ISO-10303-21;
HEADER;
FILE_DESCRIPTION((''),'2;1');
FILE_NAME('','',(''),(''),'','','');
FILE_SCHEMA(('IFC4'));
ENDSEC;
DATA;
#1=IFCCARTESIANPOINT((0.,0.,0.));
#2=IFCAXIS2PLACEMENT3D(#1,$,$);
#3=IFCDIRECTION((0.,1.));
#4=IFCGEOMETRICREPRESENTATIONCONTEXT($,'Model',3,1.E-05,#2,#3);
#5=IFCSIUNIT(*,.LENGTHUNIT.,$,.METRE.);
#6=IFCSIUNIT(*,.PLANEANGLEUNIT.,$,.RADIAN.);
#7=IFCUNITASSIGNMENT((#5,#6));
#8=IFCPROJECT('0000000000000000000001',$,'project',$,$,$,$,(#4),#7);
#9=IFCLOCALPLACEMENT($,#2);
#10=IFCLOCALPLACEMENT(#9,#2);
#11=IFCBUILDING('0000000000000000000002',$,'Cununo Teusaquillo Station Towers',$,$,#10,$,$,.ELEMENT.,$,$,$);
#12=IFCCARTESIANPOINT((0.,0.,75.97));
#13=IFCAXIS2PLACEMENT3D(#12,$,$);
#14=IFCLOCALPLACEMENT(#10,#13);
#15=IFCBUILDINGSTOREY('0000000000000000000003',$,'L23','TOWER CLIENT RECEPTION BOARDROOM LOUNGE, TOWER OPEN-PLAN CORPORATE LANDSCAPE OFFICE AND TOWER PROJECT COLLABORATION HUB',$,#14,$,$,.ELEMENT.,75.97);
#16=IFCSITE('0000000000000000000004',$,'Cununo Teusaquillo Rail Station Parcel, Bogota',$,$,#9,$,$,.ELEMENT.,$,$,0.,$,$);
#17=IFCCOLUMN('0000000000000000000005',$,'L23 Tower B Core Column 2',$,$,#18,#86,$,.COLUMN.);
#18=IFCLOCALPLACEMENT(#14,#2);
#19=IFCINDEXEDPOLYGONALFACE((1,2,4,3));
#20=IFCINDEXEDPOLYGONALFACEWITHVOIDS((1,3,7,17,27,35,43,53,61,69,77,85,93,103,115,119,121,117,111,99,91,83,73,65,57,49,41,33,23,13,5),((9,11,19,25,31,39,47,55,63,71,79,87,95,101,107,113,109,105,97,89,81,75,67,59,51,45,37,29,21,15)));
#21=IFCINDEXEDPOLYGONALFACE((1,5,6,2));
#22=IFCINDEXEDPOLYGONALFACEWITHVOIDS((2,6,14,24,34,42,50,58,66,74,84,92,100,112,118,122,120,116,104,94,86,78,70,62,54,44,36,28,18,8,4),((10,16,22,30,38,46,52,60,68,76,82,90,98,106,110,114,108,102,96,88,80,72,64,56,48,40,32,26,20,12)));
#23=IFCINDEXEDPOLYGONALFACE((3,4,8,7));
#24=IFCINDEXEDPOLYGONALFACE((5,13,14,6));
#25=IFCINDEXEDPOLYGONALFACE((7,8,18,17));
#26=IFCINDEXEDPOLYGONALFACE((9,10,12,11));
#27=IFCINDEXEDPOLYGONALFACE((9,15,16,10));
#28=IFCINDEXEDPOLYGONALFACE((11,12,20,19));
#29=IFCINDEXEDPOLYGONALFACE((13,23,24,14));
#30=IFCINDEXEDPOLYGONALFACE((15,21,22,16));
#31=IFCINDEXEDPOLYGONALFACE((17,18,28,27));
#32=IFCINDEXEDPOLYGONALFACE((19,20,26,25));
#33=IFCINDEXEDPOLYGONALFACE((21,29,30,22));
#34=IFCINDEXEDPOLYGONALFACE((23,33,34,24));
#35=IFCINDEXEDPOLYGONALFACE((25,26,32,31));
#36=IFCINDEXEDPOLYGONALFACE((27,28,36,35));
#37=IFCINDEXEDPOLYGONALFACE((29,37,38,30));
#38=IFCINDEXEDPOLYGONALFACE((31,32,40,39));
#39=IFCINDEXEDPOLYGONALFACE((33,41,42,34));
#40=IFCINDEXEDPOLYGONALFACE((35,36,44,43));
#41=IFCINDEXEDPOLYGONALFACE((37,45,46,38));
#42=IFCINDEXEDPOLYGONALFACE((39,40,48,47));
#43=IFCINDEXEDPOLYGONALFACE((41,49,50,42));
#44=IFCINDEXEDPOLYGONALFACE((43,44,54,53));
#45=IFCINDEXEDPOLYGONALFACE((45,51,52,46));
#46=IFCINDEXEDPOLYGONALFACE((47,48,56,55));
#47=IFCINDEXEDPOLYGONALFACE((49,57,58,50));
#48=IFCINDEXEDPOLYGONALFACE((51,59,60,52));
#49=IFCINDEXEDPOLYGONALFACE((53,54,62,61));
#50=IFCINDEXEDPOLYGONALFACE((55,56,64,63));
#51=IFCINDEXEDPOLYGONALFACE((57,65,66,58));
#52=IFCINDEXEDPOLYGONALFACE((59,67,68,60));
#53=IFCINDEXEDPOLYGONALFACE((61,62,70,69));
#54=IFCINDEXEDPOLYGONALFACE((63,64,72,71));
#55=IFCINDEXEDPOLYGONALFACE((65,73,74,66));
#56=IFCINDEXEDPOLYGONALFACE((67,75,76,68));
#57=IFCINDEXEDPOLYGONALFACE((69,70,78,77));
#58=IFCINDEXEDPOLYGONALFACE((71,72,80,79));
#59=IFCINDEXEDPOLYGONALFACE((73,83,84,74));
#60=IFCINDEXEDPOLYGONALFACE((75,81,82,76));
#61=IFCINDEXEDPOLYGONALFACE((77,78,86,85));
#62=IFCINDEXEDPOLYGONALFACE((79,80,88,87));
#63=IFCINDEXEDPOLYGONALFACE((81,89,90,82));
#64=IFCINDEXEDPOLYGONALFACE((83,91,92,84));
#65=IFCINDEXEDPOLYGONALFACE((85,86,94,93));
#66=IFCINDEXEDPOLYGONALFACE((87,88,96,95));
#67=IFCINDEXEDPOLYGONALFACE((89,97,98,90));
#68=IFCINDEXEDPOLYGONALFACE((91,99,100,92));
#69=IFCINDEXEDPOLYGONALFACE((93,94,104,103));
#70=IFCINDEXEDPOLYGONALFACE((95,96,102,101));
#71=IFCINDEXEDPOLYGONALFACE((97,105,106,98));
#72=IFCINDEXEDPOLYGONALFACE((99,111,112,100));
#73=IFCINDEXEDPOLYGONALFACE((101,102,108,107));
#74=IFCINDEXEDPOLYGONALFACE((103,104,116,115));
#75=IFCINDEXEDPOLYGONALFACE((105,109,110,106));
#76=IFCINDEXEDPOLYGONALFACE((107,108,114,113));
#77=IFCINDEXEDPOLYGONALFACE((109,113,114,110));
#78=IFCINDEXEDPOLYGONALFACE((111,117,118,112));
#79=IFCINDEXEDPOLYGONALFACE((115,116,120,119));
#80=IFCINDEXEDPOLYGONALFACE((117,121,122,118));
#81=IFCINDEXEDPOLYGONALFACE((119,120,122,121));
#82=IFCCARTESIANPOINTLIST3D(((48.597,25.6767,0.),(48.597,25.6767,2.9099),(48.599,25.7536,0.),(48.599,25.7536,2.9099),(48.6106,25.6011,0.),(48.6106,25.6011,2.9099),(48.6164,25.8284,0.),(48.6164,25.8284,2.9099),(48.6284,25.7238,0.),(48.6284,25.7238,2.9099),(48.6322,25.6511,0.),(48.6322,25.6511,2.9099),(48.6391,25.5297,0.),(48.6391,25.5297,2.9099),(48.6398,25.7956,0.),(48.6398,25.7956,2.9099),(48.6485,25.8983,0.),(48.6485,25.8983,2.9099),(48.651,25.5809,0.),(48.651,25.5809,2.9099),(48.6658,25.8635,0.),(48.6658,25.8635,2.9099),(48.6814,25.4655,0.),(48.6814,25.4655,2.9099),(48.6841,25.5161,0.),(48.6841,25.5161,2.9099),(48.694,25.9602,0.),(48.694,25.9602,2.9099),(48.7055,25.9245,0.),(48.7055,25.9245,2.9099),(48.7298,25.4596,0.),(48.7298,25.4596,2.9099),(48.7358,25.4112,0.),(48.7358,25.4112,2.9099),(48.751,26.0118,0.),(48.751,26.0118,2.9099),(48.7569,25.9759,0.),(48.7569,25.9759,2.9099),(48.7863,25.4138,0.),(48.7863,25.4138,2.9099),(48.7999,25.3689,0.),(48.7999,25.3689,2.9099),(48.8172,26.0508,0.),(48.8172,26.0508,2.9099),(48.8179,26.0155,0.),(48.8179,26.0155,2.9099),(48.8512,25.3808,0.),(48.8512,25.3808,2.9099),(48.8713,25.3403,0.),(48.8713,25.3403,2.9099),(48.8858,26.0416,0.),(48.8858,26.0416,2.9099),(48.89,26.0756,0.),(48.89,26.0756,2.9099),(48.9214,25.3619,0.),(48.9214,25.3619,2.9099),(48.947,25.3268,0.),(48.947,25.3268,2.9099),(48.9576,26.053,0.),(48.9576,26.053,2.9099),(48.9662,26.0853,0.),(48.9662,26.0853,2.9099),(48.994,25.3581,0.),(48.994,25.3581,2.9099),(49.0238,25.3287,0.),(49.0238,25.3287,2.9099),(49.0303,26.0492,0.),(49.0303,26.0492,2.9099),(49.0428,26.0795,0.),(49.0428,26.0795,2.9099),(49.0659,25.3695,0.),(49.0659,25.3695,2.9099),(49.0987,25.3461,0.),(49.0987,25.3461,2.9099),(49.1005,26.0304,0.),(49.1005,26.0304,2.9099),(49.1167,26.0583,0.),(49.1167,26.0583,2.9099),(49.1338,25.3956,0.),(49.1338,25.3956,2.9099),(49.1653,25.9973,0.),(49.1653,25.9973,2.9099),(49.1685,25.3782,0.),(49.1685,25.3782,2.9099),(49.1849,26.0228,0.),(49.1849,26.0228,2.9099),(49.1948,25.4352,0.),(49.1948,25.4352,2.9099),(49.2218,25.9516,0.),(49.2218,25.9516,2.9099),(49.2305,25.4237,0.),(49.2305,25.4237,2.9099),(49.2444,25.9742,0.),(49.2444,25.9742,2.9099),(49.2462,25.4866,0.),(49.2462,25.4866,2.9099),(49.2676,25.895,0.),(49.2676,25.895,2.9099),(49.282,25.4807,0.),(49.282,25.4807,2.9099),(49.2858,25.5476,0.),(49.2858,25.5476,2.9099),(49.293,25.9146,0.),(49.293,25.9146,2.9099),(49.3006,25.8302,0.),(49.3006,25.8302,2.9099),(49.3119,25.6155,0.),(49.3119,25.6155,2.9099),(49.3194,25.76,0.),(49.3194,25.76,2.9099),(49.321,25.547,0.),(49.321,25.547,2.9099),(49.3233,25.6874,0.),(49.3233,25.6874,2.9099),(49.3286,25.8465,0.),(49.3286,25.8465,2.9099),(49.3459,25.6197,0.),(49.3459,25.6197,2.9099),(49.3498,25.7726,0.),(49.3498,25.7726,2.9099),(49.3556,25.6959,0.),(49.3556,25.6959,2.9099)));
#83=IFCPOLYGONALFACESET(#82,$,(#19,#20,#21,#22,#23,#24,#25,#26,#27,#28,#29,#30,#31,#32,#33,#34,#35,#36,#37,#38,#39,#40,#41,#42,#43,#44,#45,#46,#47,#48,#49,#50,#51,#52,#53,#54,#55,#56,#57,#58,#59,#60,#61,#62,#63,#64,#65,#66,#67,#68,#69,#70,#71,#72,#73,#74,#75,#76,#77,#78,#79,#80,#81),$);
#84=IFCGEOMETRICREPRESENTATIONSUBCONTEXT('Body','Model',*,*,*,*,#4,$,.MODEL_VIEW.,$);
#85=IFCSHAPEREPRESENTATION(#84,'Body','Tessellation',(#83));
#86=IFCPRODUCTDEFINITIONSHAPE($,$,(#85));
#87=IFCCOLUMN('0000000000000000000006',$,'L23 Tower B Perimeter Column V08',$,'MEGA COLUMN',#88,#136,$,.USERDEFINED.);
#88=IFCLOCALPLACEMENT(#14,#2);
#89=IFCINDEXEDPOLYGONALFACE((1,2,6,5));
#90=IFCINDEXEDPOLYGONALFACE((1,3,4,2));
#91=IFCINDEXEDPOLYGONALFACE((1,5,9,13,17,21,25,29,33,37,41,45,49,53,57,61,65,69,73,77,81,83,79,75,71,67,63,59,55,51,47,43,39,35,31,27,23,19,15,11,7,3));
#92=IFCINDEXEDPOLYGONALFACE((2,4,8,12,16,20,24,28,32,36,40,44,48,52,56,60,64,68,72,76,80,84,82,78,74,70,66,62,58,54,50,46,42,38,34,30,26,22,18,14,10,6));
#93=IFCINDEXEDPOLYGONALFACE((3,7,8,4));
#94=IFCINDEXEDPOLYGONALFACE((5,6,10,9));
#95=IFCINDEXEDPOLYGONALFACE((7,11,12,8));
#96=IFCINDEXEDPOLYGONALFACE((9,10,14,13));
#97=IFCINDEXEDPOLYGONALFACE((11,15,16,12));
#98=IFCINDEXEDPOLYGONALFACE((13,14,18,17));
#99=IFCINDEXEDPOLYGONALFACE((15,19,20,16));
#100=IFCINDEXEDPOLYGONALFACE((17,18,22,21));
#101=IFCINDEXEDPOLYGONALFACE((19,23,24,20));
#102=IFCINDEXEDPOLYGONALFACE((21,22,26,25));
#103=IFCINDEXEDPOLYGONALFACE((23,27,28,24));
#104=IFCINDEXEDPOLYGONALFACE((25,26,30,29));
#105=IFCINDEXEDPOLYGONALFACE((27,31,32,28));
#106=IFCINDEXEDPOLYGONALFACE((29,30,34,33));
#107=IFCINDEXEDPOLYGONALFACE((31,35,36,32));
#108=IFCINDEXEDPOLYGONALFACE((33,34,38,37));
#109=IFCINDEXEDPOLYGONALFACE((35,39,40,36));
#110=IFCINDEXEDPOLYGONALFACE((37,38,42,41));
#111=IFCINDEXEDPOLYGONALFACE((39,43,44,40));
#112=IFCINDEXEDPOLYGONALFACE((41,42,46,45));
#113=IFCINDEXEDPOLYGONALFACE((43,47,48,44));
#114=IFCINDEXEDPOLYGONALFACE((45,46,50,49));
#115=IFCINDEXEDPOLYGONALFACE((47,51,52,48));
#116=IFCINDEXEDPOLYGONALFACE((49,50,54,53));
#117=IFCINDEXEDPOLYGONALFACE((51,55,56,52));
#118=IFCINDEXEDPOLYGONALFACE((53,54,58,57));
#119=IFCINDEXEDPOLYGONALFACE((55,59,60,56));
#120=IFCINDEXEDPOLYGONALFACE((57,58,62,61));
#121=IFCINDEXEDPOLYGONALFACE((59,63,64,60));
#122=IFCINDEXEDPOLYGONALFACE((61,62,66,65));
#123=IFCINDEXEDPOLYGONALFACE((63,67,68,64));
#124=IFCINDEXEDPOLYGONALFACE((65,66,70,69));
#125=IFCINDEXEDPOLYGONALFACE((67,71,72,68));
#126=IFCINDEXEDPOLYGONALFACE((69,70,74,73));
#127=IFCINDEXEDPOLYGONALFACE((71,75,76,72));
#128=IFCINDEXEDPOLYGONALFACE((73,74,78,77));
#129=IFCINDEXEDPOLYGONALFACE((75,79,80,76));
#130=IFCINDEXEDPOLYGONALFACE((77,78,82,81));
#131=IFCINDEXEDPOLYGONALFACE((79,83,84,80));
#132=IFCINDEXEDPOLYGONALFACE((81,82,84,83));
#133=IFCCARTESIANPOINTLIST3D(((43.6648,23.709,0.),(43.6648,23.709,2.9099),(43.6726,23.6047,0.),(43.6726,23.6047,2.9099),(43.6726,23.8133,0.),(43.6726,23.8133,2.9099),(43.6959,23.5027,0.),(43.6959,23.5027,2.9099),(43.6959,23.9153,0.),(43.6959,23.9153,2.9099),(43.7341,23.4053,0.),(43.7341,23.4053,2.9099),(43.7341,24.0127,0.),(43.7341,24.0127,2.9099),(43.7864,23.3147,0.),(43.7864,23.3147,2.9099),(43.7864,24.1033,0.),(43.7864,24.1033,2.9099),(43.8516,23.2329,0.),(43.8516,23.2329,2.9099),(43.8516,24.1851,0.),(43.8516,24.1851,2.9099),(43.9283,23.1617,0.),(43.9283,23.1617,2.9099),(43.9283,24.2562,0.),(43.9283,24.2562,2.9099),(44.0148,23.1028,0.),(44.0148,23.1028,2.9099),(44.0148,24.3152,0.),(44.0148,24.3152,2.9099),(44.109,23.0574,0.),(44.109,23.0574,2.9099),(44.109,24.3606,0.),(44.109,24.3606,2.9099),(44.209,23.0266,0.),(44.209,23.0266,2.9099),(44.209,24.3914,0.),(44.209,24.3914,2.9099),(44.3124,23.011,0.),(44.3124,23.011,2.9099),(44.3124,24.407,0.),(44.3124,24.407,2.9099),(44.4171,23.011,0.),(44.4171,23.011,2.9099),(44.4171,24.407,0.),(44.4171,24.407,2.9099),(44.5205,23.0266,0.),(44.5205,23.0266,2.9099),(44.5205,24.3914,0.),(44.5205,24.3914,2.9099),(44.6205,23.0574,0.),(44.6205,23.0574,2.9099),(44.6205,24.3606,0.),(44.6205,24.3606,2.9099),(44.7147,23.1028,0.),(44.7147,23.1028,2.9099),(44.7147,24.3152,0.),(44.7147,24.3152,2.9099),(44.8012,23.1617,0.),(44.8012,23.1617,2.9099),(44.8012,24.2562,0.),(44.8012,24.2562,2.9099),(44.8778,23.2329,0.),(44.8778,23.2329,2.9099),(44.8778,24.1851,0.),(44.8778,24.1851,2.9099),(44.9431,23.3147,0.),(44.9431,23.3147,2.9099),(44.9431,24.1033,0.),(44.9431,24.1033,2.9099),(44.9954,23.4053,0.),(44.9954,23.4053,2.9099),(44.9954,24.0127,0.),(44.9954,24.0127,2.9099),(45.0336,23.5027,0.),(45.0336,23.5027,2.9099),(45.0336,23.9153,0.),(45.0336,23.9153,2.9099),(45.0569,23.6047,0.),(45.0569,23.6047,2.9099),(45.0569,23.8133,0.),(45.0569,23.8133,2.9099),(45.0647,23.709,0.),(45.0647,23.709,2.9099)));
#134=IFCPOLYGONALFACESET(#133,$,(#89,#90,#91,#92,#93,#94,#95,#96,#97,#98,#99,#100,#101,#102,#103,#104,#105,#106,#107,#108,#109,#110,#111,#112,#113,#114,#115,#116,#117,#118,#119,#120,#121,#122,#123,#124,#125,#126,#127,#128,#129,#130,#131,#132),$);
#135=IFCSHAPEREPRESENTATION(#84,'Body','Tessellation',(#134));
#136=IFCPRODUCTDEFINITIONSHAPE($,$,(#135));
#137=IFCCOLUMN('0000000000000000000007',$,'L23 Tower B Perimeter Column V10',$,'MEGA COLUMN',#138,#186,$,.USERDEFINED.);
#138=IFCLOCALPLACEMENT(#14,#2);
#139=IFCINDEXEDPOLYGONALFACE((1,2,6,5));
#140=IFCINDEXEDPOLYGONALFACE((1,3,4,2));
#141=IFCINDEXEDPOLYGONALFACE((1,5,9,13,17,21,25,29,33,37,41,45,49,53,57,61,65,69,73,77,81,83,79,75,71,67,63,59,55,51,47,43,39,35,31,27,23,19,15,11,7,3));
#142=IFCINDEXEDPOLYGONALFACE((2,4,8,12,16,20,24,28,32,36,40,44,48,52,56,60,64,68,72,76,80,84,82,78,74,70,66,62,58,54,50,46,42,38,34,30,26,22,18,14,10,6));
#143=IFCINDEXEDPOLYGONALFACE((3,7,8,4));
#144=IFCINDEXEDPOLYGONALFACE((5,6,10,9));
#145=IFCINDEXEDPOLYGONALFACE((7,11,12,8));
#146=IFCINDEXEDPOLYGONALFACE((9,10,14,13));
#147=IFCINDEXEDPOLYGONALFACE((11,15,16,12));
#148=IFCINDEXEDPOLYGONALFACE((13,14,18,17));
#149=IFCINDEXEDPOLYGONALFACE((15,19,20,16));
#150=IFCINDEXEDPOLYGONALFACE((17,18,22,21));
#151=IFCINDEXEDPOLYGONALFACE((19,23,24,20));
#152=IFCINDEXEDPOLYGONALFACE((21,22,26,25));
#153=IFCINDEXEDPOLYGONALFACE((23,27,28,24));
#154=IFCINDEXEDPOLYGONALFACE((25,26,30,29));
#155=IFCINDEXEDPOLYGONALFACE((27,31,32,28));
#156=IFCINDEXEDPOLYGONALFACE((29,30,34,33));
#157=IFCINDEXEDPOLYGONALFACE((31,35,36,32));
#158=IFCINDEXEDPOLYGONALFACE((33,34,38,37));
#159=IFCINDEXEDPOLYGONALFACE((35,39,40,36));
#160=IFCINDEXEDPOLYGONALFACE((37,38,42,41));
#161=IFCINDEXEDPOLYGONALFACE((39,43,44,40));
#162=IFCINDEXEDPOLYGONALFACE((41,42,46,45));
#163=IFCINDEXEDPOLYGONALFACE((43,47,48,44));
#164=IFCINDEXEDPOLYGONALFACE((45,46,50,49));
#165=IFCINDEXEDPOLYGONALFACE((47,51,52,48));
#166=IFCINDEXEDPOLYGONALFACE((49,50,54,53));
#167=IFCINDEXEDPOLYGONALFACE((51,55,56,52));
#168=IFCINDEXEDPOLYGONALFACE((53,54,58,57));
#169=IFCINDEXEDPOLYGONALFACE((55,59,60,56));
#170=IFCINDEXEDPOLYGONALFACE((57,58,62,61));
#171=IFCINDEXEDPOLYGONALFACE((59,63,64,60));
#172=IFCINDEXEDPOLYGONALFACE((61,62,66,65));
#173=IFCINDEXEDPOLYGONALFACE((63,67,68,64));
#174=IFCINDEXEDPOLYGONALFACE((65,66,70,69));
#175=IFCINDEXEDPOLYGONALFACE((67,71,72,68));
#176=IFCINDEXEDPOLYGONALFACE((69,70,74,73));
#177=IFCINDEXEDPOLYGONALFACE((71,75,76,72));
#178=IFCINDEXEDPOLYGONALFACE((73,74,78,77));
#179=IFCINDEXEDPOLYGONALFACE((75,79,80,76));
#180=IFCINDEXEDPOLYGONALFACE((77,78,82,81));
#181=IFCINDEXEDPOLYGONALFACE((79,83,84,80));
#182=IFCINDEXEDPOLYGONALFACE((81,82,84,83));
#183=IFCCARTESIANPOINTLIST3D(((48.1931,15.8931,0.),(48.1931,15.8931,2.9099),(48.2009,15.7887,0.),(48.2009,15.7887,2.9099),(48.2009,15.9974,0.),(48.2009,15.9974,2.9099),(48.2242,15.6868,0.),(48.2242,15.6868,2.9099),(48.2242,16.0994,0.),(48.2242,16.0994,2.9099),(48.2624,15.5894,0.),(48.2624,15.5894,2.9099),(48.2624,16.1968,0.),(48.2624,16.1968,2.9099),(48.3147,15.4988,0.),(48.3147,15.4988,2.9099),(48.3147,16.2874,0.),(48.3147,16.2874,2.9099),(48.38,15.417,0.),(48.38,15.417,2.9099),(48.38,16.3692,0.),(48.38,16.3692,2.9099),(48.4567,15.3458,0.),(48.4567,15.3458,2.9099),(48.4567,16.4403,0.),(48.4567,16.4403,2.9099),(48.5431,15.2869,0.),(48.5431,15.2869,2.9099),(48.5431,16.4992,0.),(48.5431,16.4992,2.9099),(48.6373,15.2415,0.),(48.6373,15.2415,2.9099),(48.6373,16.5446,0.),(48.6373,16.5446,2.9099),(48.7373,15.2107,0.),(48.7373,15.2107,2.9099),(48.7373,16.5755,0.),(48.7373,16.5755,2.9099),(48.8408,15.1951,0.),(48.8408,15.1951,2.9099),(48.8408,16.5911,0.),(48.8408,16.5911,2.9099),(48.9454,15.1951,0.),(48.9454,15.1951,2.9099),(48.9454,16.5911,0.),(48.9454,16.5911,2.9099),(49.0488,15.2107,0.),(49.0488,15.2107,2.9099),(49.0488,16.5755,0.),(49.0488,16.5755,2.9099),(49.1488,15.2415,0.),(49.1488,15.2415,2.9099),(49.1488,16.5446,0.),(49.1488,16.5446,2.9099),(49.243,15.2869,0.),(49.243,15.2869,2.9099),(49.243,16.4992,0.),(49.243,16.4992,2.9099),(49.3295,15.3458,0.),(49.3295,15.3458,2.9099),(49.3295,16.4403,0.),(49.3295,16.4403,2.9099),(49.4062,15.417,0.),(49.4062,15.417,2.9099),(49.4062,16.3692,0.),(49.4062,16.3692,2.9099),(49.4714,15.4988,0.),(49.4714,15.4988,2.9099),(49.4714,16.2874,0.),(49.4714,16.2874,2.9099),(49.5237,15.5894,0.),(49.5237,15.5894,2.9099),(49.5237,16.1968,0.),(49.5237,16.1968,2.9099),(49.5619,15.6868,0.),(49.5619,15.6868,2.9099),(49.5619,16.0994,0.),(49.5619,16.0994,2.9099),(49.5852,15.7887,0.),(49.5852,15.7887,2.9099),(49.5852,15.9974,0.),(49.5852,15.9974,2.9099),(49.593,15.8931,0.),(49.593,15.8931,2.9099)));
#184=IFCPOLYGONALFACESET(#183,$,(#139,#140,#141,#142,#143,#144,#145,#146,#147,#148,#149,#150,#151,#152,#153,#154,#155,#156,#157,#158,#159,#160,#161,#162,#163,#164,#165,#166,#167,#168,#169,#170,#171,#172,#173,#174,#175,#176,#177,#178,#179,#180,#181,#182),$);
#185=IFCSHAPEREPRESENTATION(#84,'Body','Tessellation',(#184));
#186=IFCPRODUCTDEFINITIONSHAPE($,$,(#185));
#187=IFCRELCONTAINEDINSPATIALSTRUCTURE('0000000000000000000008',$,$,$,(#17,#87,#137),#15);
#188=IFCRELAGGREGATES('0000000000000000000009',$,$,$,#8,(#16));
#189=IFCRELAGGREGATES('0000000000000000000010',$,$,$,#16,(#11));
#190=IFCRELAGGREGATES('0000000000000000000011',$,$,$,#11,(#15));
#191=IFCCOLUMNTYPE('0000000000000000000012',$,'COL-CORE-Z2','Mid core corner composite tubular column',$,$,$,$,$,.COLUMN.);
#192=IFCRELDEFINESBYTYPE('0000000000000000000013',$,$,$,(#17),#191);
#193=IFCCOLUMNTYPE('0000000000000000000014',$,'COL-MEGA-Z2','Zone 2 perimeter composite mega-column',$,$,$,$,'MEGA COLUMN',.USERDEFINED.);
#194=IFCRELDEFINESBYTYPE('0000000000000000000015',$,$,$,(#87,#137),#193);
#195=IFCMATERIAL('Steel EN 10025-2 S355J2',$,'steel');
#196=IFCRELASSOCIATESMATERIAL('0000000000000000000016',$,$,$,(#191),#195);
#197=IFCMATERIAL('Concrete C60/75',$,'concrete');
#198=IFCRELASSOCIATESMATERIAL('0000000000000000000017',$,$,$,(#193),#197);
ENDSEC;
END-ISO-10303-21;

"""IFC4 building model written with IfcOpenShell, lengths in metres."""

from ifc_helpers import new_model, si_unit, direction, frame, origin, origin_2d, place, context, subcontext, project, spatial, circle, hollow_circle, extrude, material, material_profile, profile_set, type_object, element, save


model = new_model("IFC4")

# Units and contexts
model_context = context("Model", 3, precision=1e-05, world=origin(), true_north=direction((0.0, 1.0)))
body_context = subcontext(model_context, "Body", "Model", "MODEL_VIEW")
ifc_project = project(units=[si_unit("LENGTHUNIT", "METRE"), si_unit("PLANEANGLEUNIT", "RADIAN")], contexts=[model_context])

# Site, building, storey
site_placement = place(None, origin())
site = spatial("IfcSite", under=ifc_project, at=site_placement, Name="Cununo Teusaquillo Rail Station Parcel, Bogota", CompositionType="ELEMENT", RefElevation=0.0)
building_placement = place(site_placement, origin())
building = spatial("IfcBuilding", under=site, at=building_placement, Name="Cununo Teusaquillo Station Towers", CompositionType="ELEMENT")
storey_placement = place(building_placement, frame((0.0, 0.0, 75.97)))
storey = spatial("IfcBuildingStorey", under=building, at=storey_placement, Name="L23", Description="TOWER CLIENT RECEPTION BOARDROOM LOUNGE, TOWER OPEN-PLAN CORPORATE LANDSCAPE OFFICE AND TOWER PROJECT COLLABORATION HUB", CompositionType="ELEMENT", Elevation=75.97)

# Columns
ifc_material_1 = material(Name="Steel EN 10025-2 S355J2", Category="steel")
ifc_material_profile_1 = material_profile(ifc_material_1, hollow_circle(Radius=0.3799, WallThickness=0.032, at=origin_2d()), Name="CHS 760x32")
ifc_profile_set_1 = profile_set([ifc_material_profile_1], Name="Steel EN 10025-2 S355J2")
column_type_1 = type_object("IfcColumnType", Name="COL-CORE-Z2", Description="Mid core corner composite tubular column", PredefinedType="COLUMN", material=ifc_profile_set_1)
column_placement = place(storey_placement, frame((48.9758, 25.7056, 0.0), z_axis=(0.0, 0.0, 1.0), x_axis=(0.707107, 0.707107, 0.0)))
element("IfcColumn", 1, at=column_placement, inside=storey, type_object=column_type_1, Name="L23 Tower B Core Column 2", PredefinedType="COLUMN", context=body_context, shape_type="SweptSolid", body=[
    extrude(hollow_circle(Radius=0.3799, WallThickness=0.032, at=origin_2d()), origin(), (0.0, 0.0, 1.0), 2.9099),
])
ifc_material_2 = material(Name="Concrete C60/75", Category="concrete")
ifc_material_profile_2 = material_profile(ifc_material_2, circle(Radius=0.7, at=origin_2d()), Name="RC-CIRC-1400")
ifc_profile_set_2 = profile_set([ifc_material_profile_2], Name="Concrete C60/75")
column_type_2 = type_object("IfcColumnType", Name="COL-MEGA-Z2", Description="Zone 2 perimeter composite mega-column", ElementType="MEGA COLUMN", PredefinedType="USERDEFINED", material=ifc_profile_set_2)
for number, where, z_axis, x_axis, name in (
    (2, (44.3647, 23.709, 0.0), (0.0, 0.0, 1.0), (1.0, 0.0, 0.0), "L23 Tower B Perimeter Column V08"),
    (3, (48.8931, 15.8931, 0.0), (0.0, 0.0, 1.0), (1.0, 0.0, 0.0), "L23 Tower B Perimeter Column V10"),
):
    element("IfcColumn", number, at=place(storey_placement, frame(where, z_axis=z_axis, x_axis=x_axis)), inside=storey, type_object=column_type_2, Name=name, ObjectType="MEGA COLUMN", PredefinedType="USERDEFINED", context=body_context, shape_type="SweptSolid", body=[
        extrude(circle(Radius=0.7, at=origin_2d()), origin(), (0.0, 0.0, 1.0), 2.9099),
    ])

save(model, "model.ifc")
